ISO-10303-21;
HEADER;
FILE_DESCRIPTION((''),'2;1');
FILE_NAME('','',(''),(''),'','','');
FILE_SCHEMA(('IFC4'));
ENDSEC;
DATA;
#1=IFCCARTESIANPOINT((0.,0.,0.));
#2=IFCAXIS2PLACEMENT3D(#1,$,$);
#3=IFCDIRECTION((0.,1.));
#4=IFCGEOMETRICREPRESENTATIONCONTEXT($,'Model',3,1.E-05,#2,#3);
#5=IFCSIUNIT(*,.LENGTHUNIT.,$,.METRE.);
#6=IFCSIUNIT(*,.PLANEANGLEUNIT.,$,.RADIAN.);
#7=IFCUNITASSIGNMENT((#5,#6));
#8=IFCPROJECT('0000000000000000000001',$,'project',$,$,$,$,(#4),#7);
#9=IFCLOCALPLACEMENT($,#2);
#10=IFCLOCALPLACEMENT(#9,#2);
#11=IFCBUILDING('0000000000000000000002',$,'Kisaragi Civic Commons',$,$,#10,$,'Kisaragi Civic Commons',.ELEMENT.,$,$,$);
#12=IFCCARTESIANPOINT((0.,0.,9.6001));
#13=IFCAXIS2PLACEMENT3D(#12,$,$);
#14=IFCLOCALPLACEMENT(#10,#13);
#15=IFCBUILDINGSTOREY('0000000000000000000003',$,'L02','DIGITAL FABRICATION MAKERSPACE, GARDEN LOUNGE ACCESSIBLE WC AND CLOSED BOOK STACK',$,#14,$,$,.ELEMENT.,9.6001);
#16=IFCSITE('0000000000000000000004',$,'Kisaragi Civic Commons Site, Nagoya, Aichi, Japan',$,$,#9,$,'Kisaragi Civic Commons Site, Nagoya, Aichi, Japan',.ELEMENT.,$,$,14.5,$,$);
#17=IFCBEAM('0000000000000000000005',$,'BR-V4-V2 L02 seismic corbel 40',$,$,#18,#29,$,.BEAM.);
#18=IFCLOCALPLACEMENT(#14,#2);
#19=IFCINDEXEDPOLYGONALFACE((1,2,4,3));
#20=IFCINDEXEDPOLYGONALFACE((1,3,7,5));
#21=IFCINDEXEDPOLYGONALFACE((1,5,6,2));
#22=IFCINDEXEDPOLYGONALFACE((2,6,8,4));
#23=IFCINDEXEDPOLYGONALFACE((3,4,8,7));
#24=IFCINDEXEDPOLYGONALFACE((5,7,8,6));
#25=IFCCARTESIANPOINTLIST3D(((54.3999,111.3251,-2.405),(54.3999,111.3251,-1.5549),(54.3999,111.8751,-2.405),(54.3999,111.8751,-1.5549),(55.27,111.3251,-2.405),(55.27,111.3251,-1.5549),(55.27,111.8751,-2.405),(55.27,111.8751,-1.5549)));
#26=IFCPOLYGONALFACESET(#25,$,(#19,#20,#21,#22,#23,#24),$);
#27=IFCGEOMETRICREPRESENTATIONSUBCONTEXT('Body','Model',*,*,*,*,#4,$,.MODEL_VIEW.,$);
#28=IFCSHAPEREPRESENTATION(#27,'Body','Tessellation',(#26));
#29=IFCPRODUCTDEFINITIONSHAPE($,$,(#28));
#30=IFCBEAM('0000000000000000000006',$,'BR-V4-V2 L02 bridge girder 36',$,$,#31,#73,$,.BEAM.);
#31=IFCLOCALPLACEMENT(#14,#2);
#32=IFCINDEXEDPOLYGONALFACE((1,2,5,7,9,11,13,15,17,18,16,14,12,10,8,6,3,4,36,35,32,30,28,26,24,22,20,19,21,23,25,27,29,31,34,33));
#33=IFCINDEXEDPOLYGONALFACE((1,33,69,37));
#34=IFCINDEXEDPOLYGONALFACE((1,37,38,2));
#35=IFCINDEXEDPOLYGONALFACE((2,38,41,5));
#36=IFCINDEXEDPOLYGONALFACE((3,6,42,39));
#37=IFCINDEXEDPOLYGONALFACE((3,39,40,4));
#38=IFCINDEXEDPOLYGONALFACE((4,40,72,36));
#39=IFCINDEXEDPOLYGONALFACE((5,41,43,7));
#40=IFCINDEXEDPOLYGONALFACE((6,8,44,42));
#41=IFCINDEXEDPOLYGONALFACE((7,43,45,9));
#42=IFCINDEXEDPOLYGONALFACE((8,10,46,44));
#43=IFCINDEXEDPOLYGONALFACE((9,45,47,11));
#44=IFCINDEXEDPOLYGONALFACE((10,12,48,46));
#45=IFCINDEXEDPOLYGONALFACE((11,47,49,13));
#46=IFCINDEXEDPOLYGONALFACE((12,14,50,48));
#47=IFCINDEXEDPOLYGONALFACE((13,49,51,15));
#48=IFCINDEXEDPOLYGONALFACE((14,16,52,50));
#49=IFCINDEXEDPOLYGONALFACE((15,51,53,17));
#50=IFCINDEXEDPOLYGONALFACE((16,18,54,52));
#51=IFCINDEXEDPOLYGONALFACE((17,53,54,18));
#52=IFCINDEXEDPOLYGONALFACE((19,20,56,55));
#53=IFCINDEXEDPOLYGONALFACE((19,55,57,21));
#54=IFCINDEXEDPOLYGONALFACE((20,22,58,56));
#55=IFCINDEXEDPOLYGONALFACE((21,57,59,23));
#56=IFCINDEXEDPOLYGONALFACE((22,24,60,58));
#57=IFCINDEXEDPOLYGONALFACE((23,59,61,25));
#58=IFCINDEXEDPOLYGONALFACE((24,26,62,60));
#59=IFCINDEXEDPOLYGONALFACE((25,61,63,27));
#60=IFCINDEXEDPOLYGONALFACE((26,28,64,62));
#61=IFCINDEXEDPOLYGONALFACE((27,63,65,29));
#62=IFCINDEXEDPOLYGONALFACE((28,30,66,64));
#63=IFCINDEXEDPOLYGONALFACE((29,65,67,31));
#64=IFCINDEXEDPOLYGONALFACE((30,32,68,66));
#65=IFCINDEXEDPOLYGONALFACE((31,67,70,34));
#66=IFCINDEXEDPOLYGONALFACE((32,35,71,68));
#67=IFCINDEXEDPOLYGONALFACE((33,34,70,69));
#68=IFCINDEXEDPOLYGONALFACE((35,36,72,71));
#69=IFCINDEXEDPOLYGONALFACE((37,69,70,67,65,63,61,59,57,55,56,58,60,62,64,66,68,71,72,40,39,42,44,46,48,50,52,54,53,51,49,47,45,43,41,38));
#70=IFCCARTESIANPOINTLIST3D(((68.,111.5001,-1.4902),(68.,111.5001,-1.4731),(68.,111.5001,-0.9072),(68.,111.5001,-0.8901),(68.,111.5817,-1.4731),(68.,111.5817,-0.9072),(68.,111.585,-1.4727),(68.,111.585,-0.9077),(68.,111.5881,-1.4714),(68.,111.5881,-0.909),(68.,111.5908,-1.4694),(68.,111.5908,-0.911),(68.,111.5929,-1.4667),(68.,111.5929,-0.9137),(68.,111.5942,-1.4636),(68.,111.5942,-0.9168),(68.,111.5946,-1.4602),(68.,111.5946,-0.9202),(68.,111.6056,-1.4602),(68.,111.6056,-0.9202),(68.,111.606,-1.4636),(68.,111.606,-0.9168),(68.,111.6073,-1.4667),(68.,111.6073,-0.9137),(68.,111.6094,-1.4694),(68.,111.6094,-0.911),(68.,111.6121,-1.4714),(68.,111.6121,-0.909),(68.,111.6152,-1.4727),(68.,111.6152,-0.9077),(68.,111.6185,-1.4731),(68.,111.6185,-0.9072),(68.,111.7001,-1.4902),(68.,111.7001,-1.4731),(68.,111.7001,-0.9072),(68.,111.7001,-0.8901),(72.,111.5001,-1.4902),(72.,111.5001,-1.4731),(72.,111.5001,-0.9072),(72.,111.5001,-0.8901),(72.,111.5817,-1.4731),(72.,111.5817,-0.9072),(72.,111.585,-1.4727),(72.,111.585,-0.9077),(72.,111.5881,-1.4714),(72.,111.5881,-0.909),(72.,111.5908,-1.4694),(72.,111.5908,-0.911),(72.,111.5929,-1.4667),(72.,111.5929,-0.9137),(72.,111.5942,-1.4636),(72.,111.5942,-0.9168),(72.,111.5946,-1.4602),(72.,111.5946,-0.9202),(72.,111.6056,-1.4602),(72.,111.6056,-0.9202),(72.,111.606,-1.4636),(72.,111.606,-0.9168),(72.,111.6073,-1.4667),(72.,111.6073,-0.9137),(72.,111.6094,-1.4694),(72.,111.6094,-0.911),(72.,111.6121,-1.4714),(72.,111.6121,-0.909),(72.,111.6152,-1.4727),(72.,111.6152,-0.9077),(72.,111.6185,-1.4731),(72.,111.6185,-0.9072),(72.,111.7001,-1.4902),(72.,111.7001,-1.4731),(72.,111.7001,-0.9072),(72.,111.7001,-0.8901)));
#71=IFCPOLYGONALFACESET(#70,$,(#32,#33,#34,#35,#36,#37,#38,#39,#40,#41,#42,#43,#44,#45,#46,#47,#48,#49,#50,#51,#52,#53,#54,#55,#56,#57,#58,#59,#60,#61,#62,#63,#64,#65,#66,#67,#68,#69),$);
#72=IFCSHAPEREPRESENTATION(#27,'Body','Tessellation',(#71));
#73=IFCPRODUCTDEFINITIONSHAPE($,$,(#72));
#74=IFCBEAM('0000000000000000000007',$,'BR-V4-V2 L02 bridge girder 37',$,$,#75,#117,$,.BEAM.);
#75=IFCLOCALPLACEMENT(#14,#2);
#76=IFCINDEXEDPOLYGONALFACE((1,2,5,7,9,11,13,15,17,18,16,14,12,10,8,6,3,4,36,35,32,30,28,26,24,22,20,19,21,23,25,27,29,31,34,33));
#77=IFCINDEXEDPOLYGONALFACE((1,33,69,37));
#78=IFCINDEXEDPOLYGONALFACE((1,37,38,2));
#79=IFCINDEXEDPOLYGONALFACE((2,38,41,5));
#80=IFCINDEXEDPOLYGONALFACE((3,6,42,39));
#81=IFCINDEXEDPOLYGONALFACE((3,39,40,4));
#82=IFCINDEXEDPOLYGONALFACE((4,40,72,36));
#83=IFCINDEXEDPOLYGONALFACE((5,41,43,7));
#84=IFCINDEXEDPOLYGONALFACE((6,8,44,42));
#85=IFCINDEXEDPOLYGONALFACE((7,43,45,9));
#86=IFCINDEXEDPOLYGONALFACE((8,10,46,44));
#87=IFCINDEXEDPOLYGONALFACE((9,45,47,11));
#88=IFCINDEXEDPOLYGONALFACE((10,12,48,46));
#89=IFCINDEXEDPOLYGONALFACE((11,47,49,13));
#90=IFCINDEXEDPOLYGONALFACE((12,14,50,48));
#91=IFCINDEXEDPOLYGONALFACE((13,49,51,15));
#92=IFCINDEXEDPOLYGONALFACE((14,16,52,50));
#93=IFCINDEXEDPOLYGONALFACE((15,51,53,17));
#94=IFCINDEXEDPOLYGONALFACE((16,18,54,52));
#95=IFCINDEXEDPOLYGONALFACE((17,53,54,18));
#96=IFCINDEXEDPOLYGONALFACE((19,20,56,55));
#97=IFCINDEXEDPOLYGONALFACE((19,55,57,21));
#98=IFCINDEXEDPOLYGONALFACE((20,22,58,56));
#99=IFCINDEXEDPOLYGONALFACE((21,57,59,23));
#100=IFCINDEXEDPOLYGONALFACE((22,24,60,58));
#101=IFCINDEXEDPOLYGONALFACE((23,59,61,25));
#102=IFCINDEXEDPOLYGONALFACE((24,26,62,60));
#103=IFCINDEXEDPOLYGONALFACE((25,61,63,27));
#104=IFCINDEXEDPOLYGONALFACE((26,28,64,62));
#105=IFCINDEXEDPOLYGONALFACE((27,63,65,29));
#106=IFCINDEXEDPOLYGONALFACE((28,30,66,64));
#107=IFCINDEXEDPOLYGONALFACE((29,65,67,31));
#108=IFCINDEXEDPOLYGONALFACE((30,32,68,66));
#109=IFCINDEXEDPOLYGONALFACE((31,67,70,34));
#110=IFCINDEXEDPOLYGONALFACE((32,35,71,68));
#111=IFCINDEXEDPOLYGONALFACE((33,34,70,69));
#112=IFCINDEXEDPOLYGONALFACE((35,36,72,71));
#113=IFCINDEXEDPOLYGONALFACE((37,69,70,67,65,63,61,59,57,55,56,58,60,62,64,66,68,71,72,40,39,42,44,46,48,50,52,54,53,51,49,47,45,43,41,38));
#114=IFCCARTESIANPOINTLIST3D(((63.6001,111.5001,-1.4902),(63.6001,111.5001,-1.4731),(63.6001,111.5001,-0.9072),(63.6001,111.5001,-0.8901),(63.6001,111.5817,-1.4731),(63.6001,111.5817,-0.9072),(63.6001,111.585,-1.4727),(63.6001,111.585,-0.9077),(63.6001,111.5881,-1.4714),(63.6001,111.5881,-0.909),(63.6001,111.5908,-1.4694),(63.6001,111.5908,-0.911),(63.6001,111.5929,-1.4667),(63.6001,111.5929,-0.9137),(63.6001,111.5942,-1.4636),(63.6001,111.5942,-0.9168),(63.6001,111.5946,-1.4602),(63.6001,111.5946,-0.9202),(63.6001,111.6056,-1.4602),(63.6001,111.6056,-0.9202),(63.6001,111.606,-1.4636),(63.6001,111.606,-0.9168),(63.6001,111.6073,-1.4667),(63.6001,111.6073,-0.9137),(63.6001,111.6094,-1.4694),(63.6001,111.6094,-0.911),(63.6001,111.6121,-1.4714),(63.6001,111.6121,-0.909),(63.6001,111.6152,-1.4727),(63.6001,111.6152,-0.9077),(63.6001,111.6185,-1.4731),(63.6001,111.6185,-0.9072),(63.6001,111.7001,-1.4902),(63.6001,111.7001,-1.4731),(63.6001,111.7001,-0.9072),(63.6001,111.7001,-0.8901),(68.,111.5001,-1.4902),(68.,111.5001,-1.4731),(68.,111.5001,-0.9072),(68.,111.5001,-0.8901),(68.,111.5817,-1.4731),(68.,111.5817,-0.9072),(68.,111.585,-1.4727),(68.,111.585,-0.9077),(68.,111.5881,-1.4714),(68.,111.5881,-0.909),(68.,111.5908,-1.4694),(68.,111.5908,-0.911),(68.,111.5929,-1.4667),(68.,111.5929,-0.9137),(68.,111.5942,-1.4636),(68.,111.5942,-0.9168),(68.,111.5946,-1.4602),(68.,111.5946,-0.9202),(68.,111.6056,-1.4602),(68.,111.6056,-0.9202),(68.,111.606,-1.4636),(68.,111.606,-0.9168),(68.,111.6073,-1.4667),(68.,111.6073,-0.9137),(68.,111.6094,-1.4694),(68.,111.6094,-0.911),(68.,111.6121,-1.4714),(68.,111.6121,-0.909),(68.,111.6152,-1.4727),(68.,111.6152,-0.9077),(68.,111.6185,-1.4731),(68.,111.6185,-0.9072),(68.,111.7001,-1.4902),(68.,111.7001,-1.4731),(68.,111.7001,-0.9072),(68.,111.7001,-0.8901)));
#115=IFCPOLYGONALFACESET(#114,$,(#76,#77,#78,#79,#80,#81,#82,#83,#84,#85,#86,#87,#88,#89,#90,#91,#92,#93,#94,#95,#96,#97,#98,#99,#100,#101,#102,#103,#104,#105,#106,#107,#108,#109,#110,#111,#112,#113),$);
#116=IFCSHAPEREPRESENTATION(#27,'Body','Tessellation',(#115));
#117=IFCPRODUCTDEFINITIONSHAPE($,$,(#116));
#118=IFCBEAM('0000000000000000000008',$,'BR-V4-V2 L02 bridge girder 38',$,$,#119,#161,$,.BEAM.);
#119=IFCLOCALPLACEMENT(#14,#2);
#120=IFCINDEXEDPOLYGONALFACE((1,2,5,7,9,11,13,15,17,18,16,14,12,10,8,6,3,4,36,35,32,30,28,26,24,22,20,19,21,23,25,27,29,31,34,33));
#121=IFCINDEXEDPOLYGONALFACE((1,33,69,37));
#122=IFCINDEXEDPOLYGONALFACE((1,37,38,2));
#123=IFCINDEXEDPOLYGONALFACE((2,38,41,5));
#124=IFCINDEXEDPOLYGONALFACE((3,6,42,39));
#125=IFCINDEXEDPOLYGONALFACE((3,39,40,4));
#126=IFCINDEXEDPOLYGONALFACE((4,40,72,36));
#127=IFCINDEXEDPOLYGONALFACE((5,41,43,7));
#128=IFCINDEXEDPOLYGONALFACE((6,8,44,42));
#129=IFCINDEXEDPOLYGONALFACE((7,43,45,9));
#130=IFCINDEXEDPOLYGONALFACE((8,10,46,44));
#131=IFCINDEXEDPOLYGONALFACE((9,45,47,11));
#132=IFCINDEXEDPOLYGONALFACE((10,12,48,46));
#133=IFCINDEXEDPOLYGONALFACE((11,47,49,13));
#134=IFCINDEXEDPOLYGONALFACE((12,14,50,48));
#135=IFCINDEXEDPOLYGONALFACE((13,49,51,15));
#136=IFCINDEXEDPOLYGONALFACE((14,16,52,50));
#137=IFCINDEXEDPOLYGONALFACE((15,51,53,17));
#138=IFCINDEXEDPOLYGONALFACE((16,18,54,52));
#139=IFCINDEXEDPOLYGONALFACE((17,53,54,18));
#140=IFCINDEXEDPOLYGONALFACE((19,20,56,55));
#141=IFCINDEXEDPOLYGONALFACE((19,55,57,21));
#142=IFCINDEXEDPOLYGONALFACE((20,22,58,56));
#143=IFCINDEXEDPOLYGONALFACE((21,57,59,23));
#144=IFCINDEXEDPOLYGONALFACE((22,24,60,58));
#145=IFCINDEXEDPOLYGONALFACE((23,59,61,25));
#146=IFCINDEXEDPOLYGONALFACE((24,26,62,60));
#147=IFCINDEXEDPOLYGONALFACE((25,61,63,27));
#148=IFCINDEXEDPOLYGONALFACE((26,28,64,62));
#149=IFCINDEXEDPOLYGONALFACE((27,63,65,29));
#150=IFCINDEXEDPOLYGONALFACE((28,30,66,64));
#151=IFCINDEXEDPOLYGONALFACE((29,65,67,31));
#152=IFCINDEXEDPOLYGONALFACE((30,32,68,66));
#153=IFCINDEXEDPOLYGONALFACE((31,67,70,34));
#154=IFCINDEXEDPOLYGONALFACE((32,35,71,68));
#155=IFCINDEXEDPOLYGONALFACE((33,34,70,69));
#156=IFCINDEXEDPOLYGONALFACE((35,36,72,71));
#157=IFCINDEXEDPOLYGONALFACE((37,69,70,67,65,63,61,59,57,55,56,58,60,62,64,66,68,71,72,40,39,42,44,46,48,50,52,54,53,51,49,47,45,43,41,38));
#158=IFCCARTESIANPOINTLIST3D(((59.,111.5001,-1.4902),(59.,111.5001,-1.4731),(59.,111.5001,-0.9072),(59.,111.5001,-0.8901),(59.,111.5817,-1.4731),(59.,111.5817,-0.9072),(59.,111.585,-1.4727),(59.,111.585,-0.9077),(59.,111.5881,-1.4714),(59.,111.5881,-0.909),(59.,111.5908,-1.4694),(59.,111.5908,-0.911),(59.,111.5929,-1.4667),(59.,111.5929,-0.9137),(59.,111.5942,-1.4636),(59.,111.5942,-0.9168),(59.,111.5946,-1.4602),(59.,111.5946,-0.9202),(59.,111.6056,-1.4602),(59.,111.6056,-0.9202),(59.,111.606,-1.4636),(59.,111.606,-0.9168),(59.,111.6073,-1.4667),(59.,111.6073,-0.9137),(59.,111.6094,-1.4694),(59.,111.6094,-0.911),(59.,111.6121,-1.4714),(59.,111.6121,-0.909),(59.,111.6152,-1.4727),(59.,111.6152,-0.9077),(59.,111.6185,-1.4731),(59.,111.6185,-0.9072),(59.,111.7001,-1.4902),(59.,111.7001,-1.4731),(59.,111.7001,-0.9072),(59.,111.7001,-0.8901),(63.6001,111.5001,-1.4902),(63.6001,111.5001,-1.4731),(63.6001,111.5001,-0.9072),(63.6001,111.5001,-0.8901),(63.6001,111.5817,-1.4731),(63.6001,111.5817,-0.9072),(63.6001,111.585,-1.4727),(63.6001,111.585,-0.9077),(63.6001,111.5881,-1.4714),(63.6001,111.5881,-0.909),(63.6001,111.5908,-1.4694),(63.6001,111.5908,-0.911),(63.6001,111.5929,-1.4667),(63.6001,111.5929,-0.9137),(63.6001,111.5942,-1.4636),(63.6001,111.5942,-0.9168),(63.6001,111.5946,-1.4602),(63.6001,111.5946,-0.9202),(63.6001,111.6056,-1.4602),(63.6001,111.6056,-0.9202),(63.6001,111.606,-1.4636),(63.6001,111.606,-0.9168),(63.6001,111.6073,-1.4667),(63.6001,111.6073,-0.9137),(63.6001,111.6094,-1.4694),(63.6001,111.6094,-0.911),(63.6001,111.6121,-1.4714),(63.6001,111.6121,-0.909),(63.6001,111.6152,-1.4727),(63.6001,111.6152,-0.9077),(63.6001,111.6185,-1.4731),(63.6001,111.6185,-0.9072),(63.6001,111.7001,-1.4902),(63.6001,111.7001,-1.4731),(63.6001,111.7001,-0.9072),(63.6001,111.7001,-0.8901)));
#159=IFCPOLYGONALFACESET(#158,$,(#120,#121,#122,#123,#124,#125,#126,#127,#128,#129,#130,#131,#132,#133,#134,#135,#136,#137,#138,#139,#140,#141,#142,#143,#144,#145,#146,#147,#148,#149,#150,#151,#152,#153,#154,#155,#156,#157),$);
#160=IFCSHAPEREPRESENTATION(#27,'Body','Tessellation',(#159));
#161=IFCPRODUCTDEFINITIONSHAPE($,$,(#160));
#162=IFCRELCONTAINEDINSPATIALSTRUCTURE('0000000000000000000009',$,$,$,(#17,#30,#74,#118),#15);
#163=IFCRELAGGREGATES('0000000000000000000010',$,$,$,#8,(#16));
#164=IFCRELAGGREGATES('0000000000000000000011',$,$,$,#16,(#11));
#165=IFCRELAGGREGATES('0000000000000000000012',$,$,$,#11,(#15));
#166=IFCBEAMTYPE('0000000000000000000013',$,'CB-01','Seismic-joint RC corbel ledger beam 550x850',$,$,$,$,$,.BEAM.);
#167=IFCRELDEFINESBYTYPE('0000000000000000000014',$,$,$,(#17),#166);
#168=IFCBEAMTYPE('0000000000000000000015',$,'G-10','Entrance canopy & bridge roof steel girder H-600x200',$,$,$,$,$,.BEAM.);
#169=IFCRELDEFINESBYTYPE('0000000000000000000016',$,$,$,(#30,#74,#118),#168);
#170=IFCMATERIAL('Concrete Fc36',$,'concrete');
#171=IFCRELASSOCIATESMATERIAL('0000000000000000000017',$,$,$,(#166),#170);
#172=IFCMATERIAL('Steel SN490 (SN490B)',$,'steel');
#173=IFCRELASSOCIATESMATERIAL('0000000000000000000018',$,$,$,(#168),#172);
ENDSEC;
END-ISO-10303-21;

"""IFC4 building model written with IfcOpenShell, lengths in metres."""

from ifc_helpers import new_model, si_unit, direction, frame, origin, origin_2d, place, context, subcontext, project, spatial, rectangle, i_section, extrude, material, material_profile, profile_set, type_object, element, save


model = new_model("IFC4")

# Units and contexts
model_context = context("Model", 3, precision=1e-05, world=origin(), true_north=direction((0.0, 1.0)))
body_context = subcontext(model_context, "Body", "Model", "MODEL_VIEW")
ifc_project = project(units=[si_unit("LENGTHUNIT", "METRE"), si_unit("PLANEANGLEUNIT", "RADIAN")], contexts=[model_context])

# Site, building, storey
site_placement = place(None, origin())
site = spatial("IfcSite", under=ifc_project, at=site_placement, Name="Kisaragi Civic Commons Site, Nagoya, Aichi, Japan", LongName="Kisaragi Civic Commons Site, Nagoya, Aichi, Japan", CompositionType="ELEMENT", RefElevation=14.5)
building_placement = place(site_placement, origin())
building = spatial("IfcBuilding", under=site, at=building_placement, Name="Kisaragi Civic Commons", LongName="Kisaragi Civic Commons", CompositionType="ELEMENT")
storey_placement = place(building_placement, frame((0.0, 0.0, 9.6001)))
storey = spatial("IfcBuildingStorey", under=building, at=storey_placement, Name="L02", Description="DIGITAL FABRICATION MAKERSPACE, GARDEN LOUNGE ACCESSIBLE WC AND CLOSED BOOK STACK", CompositionType="ELEMENT", Elevation=9.6001)

# Beams
ifc_material_1 = material(Name="Concrete Fc36", Category="concrete")
ifc_material_profile_1 = material_profile(ifc_material_1, rectangle(XDim=0.55, YDim=0.8501, at=origin_2d()), Name="RC-550x850", Category="concrete")
ifc_profile_set_1 = profile_set([ifc_material_profile_1], Name="Concrete Fc36")
beam_type_1 = type_object("IfcBeamType", Name="CB-01", Description="Seismic-joint RC corbel ledger beam 550x850", PredefinedType="BEAM", material=ifc_profile_set_1)
beam_1_placement = place(storey_placement, frame((54.3999, 111.6001, -1.98), z_axis=(1.0, 0.0, 0.0), x_axis=(0.0, 1.0, 0.0)))
element("IfcBeam", 1, at=beam_1_placement, inside=storey, type_object=beam_type_1, Name="BR-V4-V2 L02 seismic corbel 40", PredefinedType="BEAM", context=body_context, shape_type="SweptSolid", body=[
    extrude(rectangle(XDim=0.55, YDim=0.8501, at=origin_2d()), origin(), (0.0, 0.0, 1.0), 0.8701),
])
ifc_material_2 = material(Name="Steel SN490 (SN490B)", Category="steel")
ifc_material_profile_2 = material_profile(ifc_material_2, i_section(OverallWidth=0.2, OverallDepth=0.6001, WebThickness=0.011, FlangeThickness=0.0171, FilletRadius=0.0129, at=origin_2d()), Name="H-600x200x11x17", Category="steel")
ifc_profile_set_2 = profile_set([ifc_material_profile_2], Name="Steel SN490 (SN490B)")
beam_type_2 = type_object("IfcBeamType", Name="G-10", Description="Entrance canopy & bridge roof steel girder H-600x200", PredefinedType="BEAM", material=ifc_profile_set_2)
beam_2_placement = place(storey_placement, frame((72.0, 111.6001, -1.1902), z_axis=(-1.0, 0.0, 0.0), x_axis=(0.0, -1.0, 0.0)))
element("IfcBeam", 2, at=beam_2_placement, inside=storey, type_object=beam_type_2, Name="BR-V4-V2 L02 bridge girder 36", PredefinedType="BEAM", context=body_context, shape_type="SweptSolid", body=[
    extrude(i_section(OverallWidth=0.2, OverallDepth=0.6001, WebThickness=0.011, FlangeThickness=0.0171, FilletRadius=0.0129, at=origin_2d()), origin(), (0.0, 0.0, 1.0), 4.0),
])
beam_3_placement = place(storey_placement, frame((68.0, 111.6001, -1.1902), z_axis=(-1.0, 0.0, 0.0), x_axis=(0.0, -1.0, 0.0)))
element("IfcBeam", 3, at=beam_3_placement, inside=storey, type_object=beam_type_2, Name="BR-V4-V2 L02 bridge girder 37", PredefinedType="BEAM", context=body_context, shape_type="SweptSolid", body=[
    extrude(i_section(OverallWidth=0.2, OverallDepth=0.6001, WebThickness=0.011, FlangeThickness=0.0171, FilletRadius=0.0129, at=origin_2d()), origin(), (0.0, 0.0, 1.0), 4.3999),
])
beam_4_placement = place(storey_placement, frame((63.6001, 111.6001, -1.1902), z_axis=(-1.0, 0.0, 0.0), x_axis=(0.0, -1.0, 0.0)))
element("IfcBeam", 4, at=beam_4_placement, inside=storey, type_object=beam_type_2, Name="BR-V4-V2 L02 bridge girder 38", PredefinedType="BEAM", context=body_context, shape_type="SweptSolid", body=[
    extrude(i_section(OverallWidth=0.2, OverallDepth=0.6001, WebThickness=0.011, FlangeThickness=0.0171, FilletRadius=0.0129, at=origin_2d()), origin(), (0.0, 0.0, 1.0), 4.6001),
])

save(model, "model.ifc")
